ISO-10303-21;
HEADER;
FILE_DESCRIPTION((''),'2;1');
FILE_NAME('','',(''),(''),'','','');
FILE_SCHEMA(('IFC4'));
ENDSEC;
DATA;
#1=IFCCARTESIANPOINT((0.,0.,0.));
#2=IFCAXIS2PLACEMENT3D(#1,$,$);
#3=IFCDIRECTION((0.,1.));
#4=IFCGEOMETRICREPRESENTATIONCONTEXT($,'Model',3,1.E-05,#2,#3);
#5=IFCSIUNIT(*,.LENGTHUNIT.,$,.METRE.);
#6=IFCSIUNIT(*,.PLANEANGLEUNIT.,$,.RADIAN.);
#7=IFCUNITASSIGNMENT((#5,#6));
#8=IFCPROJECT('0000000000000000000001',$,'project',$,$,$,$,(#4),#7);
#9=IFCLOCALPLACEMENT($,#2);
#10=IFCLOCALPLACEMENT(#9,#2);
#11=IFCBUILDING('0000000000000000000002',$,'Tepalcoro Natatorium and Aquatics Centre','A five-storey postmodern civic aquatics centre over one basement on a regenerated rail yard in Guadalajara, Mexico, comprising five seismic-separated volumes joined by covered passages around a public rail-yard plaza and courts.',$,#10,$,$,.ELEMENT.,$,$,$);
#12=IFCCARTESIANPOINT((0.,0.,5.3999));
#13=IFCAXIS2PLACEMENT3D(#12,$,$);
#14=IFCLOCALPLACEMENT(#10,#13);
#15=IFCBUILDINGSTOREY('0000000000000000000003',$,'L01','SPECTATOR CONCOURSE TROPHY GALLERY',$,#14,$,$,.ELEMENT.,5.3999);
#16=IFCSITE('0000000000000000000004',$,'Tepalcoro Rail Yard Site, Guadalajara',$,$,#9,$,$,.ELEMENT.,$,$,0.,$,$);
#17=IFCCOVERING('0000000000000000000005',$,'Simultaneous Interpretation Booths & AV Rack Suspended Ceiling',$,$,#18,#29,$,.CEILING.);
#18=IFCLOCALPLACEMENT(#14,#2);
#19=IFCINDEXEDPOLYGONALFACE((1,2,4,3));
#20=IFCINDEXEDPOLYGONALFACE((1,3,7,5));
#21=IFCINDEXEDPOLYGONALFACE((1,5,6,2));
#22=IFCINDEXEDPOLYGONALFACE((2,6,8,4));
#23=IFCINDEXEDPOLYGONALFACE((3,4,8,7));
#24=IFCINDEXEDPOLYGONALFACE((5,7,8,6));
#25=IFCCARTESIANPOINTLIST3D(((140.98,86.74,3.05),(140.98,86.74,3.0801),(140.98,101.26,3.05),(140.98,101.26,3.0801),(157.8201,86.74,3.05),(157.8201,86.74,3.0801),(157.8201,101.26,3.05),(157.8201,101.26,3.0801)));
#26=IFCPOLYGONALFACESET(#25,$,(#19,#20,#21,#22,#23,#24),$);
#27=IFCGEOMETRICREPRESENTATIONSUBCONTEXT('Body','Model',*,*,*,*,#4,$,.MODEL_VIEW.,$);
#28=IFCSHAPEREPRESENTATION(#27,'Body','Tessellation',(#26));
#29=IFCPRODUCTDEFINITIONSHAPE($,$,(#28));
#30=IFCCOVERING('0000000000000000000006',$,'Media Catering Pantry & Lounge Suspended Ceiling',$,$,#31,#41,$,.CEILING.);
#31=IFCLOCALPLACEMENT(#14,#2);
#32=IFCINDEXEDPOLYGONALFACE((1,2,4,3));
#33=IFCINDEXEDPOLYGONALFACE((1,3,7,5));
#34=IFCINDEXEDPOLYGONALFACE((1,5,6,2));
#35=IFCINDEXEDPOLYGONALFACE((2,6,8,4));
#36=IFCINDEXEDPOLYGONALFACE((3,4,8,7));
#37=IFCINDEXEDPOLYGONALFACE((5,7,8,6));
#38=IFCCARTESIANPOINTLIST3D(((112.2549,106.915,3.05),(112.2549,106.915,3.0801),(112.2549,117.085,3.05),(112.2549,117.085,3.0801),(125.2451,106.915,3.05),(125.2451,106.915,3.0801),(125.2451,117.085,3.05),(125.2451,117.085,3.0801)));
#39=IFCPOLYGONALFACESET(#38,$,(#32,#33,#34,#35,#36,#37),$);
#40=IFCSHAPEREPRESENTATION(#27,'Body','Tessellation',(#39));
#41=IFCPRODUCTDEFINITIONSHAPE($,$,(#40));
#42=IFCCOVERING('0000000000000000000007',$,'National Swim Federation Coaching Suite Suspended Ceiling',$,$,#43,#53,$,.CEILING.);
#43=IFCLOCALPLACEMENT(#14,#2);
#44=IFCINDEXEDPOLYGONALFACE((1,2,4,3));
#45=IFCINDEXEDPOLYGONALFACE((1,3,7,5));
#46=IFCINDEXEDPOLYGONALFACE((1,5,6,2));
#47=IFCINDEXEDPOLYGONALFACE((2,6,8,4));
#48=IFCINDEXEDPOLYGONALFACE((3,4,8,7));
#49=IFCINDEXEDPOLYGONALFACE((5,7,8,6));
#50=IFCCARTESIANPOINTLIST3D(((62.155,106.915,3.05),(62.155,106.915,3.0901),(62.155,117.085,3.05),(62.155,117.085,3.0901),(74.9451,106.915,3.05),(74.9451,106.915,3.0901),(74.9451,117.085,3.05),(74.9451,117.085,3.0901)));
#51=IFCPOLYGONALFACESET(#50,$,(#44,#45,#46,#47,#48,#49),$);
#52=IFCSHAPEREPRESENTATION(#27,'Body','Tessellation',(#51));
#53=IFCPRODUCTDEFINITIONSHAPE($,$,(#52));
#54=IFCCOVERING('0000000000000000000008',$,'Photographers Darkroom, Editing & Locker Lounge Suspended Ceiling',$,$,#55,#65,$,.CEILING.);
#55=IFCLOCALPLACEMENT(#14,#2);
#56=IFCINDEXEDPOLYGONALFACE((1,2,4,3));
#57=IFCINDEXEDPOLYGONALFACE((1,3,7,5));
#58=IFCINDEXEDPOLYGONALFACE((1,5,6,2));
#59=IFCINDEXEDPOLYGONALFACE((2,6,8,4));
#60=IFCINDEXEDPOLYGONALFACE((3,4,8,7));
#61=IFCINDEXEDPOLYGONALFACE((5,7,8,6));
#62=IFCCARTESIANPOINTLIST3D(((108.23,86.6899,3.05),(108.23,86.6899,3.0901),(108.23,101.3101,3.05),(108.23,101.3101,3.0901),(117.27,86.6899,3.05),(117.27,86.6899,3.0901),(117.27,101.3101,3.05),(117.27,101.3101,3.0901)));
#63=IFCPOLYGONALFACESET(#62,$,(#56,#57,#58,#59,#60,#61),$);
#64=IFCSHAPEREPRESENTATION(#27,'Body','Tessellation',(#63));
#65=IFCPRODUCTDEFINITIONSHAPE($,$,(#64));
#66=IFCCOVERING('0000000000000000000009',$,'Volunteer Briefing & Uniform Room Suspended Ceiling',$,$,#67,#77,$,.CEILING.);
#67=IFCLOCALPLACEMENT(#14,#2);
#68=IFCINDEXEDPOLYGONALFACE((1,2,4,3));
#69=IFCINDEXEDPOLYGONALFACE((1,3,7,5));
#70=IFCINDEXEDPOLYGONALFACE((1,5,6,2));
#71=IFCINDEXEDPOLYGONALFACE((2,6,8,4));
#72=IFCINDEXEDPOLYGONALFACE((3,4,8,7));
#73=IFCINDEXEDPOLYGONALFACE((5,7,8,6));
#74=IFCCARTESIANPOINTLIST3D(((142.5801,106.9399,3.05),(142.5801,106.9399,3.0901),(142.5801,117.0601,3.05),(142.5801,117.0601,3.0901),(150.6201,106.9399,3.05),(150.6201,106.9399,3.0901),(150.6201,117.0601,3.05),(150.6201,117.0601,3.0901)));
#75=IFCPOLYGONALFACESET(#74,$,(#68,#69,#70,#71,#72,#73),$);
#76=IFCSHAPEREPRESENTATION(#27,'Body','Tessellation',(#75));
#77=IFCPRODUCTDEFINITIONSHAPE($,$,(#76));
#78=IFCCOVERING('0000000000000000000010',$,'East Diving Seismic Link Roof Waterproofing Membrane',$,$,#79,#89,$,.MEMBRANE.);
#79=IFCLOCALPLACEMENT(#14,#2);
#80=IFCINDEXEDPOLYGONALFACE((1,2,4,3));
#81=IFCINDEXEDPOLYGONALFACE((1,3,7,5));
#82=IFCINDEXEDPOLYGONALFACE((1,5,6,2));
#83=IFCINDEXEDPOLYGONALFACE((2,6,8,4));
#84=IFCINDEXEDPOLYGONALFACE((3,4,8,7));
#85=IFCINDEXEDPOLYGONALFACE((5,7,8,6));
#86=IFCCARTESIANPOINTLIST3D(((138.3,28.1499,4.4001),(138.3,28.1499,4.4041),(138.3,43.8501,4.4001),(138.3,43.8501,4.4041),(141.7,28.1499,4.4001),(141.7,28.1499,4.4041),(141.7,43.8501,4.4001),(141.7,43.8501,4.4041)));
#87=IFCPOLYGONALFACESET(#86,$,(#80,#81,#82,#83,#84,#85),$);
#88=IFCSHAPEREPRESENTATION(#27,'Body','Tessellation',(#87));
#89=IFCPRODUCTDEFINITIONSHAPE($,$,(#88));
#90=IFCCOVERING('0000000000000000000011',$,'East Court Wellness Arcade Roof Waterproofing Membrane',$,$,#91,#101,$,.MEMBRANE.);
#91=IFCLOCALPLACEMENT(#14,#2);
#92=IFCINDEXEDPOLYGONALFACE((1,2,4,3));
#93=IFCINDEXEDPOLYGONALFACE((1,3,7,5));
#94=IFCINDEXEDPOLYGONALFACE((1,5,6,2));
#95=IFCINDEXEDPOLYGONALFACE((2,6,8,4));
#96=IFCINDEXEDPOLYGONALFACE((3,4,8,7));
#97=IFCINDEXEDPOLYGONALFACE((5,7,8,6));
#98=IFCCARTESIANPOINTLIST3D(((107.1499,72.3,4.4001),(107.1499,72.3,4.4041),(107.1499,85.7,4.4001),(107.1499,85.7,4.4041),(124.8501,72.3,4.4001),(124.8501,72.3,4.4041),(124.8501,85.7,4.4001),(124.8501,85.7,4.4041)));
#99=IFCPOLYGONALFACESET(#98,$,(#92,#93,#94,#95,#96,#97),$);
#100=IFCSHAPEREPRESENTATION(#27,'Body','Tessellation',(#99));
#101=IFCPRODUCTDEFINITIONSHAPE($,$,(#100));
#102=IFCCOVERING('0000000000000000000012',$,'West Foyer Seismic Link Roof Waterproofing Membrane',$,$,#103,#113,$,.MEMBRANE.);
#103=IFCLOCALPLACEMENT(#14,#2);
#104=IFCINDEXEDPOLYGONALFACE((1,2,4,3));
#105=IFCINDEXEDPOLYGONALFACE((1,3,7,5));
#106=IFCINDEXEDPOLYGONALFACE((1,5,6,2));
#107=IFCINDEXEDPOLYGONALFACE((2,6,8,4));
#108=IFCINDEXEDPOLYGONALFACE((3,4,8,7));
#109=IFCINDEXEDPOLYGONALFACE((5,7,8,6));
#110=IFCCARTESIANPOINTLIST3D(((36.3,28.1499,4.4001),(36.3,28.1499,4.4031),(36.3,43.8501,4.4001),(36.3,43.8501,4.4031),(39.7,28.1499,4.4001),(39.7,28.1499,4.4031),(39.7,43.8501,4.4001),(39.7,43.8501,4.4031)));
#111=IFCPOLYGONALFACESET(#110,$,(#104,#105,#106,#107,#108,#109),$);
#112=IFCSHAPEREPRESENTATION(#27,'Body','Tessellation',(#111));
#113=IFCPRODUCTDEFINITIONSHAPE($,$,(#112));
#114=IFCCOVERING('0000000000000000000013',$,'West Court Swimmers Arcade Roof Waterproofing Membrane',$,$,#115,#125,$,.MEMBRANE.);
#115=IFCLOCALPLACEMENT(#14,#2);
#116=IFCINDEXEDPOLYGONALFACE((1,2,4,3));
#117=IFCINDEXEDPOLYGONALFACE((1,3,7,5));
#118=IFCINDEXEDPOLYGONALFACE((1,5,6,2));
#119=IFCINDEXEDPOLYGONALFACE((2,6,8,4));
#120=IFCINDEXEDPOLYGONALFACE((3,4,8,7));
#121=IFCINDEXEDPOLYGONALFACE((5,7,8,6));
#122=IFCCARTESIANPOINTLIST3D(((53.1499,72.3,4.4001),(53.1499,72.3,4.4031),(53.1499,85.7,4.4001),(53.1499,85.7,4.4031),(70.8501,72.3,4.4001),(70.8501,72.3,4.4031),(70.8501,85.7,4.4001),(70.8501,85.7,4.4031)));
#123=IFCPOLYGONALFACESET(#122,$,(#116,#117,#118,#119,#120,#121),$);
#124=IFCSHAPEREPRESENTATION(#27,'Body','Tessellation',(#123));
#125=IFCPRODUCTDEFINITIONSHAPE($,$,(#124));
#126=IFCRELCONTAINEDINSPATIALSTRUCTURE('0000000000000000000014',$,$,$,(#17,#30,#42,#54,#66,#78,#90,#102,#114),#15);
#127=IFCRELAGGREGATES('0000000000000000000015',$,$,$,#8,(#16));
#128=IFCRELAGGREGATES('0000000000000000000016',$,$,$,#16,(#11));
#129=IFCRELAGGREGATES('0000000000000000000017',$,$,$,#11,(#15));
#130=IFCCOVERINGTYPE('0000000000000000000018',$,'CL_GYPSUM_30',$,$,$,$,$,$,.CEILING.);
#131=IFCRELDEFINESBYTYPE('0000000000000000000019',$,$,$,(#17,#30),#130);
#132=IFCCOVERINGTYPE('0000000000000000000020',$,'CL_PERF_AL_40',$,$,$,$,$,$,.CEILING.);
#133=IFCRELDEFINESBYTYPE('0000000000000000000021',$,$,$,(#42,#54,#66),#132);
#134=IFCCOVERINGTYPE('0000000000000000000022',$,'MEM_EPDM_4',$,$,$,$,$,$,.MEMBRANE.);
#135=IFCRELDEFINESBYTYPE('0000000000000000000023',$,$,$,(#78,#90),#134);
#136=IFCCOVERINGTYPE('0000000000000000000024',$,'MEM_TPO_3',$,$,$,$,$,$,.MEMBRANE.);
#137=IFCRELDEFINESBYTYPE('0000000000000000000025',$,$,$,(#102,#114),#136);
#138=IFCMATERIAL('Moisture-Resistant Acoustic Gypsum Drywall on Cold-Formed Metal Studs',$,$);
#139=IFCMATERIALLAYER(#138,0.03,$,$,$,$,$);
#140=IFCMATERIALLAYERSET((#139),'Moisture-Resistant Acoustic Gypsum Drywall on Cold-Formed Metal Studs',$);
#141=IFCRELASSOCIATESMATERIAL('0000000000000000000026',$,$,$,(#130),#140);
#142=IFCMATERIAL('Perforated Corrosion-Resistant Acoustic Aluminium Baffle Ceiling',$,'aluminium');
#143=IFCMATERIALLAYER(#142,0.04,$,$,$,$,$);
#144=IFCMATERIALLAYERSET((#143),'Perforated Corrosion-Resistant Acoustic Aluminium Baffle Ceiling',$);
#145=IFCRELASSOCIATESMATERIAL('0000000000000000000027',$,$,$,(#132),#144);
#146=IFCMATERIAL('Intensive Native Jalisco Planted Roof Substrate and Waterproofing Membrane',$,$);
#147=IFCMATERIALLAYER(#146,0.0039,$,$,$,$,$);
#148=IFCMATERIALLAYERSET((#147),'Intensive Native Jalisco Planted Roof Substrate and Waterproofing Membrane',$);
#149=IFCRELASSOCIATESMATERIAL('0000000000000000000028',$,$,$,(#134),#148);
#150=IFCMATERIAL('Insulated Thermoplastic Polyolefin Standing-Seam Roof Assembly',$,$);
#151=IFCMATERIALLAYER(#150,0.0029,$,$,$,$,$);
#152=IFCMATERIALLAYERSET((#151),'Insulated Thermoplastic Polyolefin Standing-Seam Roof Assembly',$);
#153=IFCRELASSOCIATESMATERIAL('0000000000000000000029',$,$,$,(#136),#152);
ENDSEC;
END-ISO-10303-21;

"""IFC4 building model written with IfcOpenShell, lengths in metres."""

from ifc_helpers import new_model, si_unit, direction, frame, origin, place, context, subcontext, project, spatial, polyline, outline, extrude, material, layer, layer_set, type_object, element, save


model = new_model("IFC4")

# Units and contexts
model_context = context("Model", 3, precision=1e-05, world=origin(), true_north=direction((0.0, 1.0)))
body_context = subcontext(model_context, "Body", "Model", "MODEL_VIEW")
ifc_project = project(units=[si_unit("LENGTHUNIT", "METRE"), si_unit("PLANEANGLEUNIT", "RADIAN")], contexts=[model_context])

# Site, building, storey
site_placement = place(None, origin())
site = spatial("IfcSite", under=ifc_project, at=site_placement, Name="Tepalcoro Rail Yard Site, Guadalajara", CompositionType="ELEMENT", RefElevation=0.0)
building_placement = place(site_placement, origin())
building = spatial("IfcBuilding", under=site, at=building_placement, Name="Tepalcoro Natatorium and Aquatics Centre", Description="A five-storey postmodern civic aquatics centre over one basement on a regenerated rail yard in Guadalajara, Mexico, comprising five seismic-separated volumes joined by covered passages around a public rail-yard plaza and courts.", CompositionType="ELEMENT")
storey_placement = place(building_placement, frame((0.0, 0.0, 5.3999)))
storey = spatial("IfcBuildingStorey", under=building, at=storey_placement, Name="L01", Description="SPECTATOR CONCOURSE TROPHY GALLERY", CompositionType="ELEMENT", Elevation=5.3999)

# Coverings
ifc_material_1 = material(Name="Perforated Corrosion-Resistant Acoustic Aluminium Baffle Ceiling", Category="aluminium")
ifc_material_2 = material(Name="Moisture-Resistant Acoustic Gypsum Drywall on Cold-Formed Metal Studs")
ifc_layer_1 = layer(ifc_material_2, 0.03)
ifc_layer_set_1 = layer_set([ifc_layer_1], Name="Moisture-Resistant Acoustic Gypsum Drywall on Cold-Formed Metal Studs")
covering_type_1 = type_object("IfcCoveringType", Name="CL_GYPSUM_30", PredefinedType="CEILING", material=ifc_layer_set_1)
covering_1_placement = place(storey_placement, frame((0.0, 0.0, 3.05)))
element("IfcCovering", 1, at=covering_1_placement, inside=storey, type_object=covering_type_1, Name="Simultaneous Interpretation Booths & AV Rack Suspended Ceiling", PredefinedType="CEILING", context=body_context, shape_type="SweptSolid", body=[
    extrude(outline(polyline([(140.98, 86.74), (140.98, 101.26), (157.8201, 101.26), (157.8201, 86.74), (140.98, 86.74)])), origin(), (0.0, 0.0, 1.0), 0.03),
])
covering_2_placement = place(storey_placement, frame((0.0, 0.0, 3.05)))
element("IfcCovering", 2, at=covering_2_placement, inside=storey, type_object=covering_type_1, Name="Media Catering Pantry & Lounge Suspended Ceiling", PredefinedType="CEILING", context=body_context, shape_type="SweptSolid", body=[
    extrude(outline(polyline([(112.2549, 106.915), (112.2549, 117.085), (125.2451, 117.085), (125.2451, 106.915), (112.2549, 106.915)])), origin(), (0.0, 0.0, 1.0), 0.03),
])
ifc_layer_2 = layer(ifc_material_1, 0.04)
ifc_layer_set_2 = layer_set([ifc_layer_2], Name="Perforated Corrosion-Resistant Acoustic Aluminium Baffle Ceiling")
covering_type_2 = type_object("IfcCoveringType", Name="CL_PERF_AL_40", PredefinedType="CEILING", material=ifc_layer_set_2)
covering_3_placement = place(storey_placement, frame((0.0, 0.0, 3.05)))
element("IfcCovering", 3, at=covering_3_placement, inside=storey, type_object=covering_type_2, Name="National Swim Federation Coaching Suite Suspended Ceiling", PredefinedType="CEILING", context=body_context, shape_type="SweptSolid", body=[
    extrude(outline(polyline([(62.155, 106.915), (62.155, 117.085), (74.9451, 117.085), (74.9451, 106.915), (62.155, 106.915)])), origin(), (0.0, 0.0, 1.0), 0.04),
])
covering_4_placement = place(storey_placement, frame((0.0, 0.0, 3.05)))
element("IfcCovering", 4, at=covering_4_placement, inside=storey, type_object=covering_type_2, Name="Photographers Darkroom, Editing & Locker Lounge Suspended Ceiling", PredefinedType="CEILING", context=body_context, shape_type="SweptSolid", body=[
    extrude(outline(polyline([(108.23, 86.6899), (108.23, 101.3101), (117.27, 101.3101), (117.27, 86.6899), (108.23, 86.6899)])), origin(), (0.0, 0.0, 1.0), 0.04),
])
covering_5_placement = place(storey_placement, frame((0.0, 0.0, 3.05)))
element("IfcCovering", 5, at=covering_5_placement, inside=storey, type_object=covering_type_2, Name="Volunteer Briefing & Uniform Room Suspended Ceiling", PredefinedType="CEILING", context=body_context, shape_type="SweptSolid", body=[
    extrude(outline(polyline([(142.5801, 106.9399), (142.5801, 117.0601), (150.6201, 117.0601), (150.6201, 106.9399), (142.5801, 106.9399)])), origin(), (0.0, 0.0, 1.0), 0.04),
])
ifc_material_3 = material(Name="Intensive Native Jalisco Planted Roof Substrate and Waterproofing Membrane")
ifc_layer_3 = layer(ifc_material_3, 0.0039)
ifc_layer_set_3 = layer_set([ifc_layer_3], Name="Intensive Native Jalisco Planted Roof Substrate and Waterproofing Membrane")
covering_type_3 = type_object("IfcCoveringType", Name="MEM_EPDM_4", PredefinedType="MEMBRANE", material=ifc_layer_set_3)
covering_6_placement = place(storey_placement, frame((0.0, 0.0, 4.4001)))
element("IfcCovering", 6, at=covering_6_placement, inside=storey, type_object=covering_type_3, Name="East Diving Seismic Link Roof Waterproofing Membrane", PredefinedType="MEMBRANE", context=body_context, shape_type="SweptSolid", body=[
    extrude(outline(polyline([(138.3, 28.1499), (141.7, 28.1499), (141.7, 43.8501), (138.3, 43.8501), (138.3, 28.1499)])), origin(), (0.0, 0.0, 1.0), 0.0039),
])
covering_7_placement = place(storey_placement, frame((0.0, 0.0, 4.4001)))
element("IfcCovering", 7, at=covering_7_placement, inside=storey, type_object=covering_type_3, Name="East Court Wellness Arcade Roof Waterproofing Membrane", PredefinedType="MEMBRANE", context=body_context, shape_type="SweptSolid", body=[
    extrude(outline(polyline([(107.1499, 72.3), (124.8501, 72.3), (124.8501, 85.7), (107.1499, 85.7), (107.1499, 72.3)])), origin(), (0.0, 0.0, 1.0), 0.0039),
])
ifc_material_4 = material(Name="Insulated Thermoplastic Polyolefin Standing-Seam Roof Assembly")
ifc_layer_4 = layer(ifc_material_4, 0.0029)
ifc_layer_set_4 = layer_set([ifc_layer_4], Name="Insulated Thermoplastic Polyolefin Standing-Seam Roof Assembly")
covering_type_4 = type_object("IfcCoveringType", Name="MEM_TPO_3", PredefinedType="MEMBRANE", material=ifc_layer_set_4)
covering_8_placement = place(storey_placement, frame((0.0, 0.0, 4.4001)))
element("IfcCovering", 8, at=covering_8_placement, inside=storey, type_object=covering_type_4, Name="West Foyer Seismic Link Roof Waterproofing Membrane", PredefinedType="MEMBRANE", context=body_context, shape_type="SweptSolid", body=[
    extrude(outline(polyline([(36.3, 28.1499), (39.7, 28.1499), (39.7, 43.8501), (36.3, 43.8501), (36.3, 28.1499)])), origin(), (0.0, 0.0, 1.0), 0.0029),
])
covering_9_placement = place(storey_placement, frame((0.0, 0.0, 4.4001)))
element("IfcCovering", 9, at=covering_9_placement, inside=storey, type_object=covering_type_4, Name="West Court Swimmers Arcade Roof Waterproofing Membrane", PredefinedType="MEMBRANE", context=body_context, shape_type="SweptSolid", body=[
    extrude(outline(polyline([(53.1499, 72.3), (70.8501, 72.3), (70.8501, 85.7), (53.1499, 85.7), (53.1499, 72.3)])), origin(), (0.0, 0.0, 1.0), 0.0029),
])

save(model, "model.ifc")
